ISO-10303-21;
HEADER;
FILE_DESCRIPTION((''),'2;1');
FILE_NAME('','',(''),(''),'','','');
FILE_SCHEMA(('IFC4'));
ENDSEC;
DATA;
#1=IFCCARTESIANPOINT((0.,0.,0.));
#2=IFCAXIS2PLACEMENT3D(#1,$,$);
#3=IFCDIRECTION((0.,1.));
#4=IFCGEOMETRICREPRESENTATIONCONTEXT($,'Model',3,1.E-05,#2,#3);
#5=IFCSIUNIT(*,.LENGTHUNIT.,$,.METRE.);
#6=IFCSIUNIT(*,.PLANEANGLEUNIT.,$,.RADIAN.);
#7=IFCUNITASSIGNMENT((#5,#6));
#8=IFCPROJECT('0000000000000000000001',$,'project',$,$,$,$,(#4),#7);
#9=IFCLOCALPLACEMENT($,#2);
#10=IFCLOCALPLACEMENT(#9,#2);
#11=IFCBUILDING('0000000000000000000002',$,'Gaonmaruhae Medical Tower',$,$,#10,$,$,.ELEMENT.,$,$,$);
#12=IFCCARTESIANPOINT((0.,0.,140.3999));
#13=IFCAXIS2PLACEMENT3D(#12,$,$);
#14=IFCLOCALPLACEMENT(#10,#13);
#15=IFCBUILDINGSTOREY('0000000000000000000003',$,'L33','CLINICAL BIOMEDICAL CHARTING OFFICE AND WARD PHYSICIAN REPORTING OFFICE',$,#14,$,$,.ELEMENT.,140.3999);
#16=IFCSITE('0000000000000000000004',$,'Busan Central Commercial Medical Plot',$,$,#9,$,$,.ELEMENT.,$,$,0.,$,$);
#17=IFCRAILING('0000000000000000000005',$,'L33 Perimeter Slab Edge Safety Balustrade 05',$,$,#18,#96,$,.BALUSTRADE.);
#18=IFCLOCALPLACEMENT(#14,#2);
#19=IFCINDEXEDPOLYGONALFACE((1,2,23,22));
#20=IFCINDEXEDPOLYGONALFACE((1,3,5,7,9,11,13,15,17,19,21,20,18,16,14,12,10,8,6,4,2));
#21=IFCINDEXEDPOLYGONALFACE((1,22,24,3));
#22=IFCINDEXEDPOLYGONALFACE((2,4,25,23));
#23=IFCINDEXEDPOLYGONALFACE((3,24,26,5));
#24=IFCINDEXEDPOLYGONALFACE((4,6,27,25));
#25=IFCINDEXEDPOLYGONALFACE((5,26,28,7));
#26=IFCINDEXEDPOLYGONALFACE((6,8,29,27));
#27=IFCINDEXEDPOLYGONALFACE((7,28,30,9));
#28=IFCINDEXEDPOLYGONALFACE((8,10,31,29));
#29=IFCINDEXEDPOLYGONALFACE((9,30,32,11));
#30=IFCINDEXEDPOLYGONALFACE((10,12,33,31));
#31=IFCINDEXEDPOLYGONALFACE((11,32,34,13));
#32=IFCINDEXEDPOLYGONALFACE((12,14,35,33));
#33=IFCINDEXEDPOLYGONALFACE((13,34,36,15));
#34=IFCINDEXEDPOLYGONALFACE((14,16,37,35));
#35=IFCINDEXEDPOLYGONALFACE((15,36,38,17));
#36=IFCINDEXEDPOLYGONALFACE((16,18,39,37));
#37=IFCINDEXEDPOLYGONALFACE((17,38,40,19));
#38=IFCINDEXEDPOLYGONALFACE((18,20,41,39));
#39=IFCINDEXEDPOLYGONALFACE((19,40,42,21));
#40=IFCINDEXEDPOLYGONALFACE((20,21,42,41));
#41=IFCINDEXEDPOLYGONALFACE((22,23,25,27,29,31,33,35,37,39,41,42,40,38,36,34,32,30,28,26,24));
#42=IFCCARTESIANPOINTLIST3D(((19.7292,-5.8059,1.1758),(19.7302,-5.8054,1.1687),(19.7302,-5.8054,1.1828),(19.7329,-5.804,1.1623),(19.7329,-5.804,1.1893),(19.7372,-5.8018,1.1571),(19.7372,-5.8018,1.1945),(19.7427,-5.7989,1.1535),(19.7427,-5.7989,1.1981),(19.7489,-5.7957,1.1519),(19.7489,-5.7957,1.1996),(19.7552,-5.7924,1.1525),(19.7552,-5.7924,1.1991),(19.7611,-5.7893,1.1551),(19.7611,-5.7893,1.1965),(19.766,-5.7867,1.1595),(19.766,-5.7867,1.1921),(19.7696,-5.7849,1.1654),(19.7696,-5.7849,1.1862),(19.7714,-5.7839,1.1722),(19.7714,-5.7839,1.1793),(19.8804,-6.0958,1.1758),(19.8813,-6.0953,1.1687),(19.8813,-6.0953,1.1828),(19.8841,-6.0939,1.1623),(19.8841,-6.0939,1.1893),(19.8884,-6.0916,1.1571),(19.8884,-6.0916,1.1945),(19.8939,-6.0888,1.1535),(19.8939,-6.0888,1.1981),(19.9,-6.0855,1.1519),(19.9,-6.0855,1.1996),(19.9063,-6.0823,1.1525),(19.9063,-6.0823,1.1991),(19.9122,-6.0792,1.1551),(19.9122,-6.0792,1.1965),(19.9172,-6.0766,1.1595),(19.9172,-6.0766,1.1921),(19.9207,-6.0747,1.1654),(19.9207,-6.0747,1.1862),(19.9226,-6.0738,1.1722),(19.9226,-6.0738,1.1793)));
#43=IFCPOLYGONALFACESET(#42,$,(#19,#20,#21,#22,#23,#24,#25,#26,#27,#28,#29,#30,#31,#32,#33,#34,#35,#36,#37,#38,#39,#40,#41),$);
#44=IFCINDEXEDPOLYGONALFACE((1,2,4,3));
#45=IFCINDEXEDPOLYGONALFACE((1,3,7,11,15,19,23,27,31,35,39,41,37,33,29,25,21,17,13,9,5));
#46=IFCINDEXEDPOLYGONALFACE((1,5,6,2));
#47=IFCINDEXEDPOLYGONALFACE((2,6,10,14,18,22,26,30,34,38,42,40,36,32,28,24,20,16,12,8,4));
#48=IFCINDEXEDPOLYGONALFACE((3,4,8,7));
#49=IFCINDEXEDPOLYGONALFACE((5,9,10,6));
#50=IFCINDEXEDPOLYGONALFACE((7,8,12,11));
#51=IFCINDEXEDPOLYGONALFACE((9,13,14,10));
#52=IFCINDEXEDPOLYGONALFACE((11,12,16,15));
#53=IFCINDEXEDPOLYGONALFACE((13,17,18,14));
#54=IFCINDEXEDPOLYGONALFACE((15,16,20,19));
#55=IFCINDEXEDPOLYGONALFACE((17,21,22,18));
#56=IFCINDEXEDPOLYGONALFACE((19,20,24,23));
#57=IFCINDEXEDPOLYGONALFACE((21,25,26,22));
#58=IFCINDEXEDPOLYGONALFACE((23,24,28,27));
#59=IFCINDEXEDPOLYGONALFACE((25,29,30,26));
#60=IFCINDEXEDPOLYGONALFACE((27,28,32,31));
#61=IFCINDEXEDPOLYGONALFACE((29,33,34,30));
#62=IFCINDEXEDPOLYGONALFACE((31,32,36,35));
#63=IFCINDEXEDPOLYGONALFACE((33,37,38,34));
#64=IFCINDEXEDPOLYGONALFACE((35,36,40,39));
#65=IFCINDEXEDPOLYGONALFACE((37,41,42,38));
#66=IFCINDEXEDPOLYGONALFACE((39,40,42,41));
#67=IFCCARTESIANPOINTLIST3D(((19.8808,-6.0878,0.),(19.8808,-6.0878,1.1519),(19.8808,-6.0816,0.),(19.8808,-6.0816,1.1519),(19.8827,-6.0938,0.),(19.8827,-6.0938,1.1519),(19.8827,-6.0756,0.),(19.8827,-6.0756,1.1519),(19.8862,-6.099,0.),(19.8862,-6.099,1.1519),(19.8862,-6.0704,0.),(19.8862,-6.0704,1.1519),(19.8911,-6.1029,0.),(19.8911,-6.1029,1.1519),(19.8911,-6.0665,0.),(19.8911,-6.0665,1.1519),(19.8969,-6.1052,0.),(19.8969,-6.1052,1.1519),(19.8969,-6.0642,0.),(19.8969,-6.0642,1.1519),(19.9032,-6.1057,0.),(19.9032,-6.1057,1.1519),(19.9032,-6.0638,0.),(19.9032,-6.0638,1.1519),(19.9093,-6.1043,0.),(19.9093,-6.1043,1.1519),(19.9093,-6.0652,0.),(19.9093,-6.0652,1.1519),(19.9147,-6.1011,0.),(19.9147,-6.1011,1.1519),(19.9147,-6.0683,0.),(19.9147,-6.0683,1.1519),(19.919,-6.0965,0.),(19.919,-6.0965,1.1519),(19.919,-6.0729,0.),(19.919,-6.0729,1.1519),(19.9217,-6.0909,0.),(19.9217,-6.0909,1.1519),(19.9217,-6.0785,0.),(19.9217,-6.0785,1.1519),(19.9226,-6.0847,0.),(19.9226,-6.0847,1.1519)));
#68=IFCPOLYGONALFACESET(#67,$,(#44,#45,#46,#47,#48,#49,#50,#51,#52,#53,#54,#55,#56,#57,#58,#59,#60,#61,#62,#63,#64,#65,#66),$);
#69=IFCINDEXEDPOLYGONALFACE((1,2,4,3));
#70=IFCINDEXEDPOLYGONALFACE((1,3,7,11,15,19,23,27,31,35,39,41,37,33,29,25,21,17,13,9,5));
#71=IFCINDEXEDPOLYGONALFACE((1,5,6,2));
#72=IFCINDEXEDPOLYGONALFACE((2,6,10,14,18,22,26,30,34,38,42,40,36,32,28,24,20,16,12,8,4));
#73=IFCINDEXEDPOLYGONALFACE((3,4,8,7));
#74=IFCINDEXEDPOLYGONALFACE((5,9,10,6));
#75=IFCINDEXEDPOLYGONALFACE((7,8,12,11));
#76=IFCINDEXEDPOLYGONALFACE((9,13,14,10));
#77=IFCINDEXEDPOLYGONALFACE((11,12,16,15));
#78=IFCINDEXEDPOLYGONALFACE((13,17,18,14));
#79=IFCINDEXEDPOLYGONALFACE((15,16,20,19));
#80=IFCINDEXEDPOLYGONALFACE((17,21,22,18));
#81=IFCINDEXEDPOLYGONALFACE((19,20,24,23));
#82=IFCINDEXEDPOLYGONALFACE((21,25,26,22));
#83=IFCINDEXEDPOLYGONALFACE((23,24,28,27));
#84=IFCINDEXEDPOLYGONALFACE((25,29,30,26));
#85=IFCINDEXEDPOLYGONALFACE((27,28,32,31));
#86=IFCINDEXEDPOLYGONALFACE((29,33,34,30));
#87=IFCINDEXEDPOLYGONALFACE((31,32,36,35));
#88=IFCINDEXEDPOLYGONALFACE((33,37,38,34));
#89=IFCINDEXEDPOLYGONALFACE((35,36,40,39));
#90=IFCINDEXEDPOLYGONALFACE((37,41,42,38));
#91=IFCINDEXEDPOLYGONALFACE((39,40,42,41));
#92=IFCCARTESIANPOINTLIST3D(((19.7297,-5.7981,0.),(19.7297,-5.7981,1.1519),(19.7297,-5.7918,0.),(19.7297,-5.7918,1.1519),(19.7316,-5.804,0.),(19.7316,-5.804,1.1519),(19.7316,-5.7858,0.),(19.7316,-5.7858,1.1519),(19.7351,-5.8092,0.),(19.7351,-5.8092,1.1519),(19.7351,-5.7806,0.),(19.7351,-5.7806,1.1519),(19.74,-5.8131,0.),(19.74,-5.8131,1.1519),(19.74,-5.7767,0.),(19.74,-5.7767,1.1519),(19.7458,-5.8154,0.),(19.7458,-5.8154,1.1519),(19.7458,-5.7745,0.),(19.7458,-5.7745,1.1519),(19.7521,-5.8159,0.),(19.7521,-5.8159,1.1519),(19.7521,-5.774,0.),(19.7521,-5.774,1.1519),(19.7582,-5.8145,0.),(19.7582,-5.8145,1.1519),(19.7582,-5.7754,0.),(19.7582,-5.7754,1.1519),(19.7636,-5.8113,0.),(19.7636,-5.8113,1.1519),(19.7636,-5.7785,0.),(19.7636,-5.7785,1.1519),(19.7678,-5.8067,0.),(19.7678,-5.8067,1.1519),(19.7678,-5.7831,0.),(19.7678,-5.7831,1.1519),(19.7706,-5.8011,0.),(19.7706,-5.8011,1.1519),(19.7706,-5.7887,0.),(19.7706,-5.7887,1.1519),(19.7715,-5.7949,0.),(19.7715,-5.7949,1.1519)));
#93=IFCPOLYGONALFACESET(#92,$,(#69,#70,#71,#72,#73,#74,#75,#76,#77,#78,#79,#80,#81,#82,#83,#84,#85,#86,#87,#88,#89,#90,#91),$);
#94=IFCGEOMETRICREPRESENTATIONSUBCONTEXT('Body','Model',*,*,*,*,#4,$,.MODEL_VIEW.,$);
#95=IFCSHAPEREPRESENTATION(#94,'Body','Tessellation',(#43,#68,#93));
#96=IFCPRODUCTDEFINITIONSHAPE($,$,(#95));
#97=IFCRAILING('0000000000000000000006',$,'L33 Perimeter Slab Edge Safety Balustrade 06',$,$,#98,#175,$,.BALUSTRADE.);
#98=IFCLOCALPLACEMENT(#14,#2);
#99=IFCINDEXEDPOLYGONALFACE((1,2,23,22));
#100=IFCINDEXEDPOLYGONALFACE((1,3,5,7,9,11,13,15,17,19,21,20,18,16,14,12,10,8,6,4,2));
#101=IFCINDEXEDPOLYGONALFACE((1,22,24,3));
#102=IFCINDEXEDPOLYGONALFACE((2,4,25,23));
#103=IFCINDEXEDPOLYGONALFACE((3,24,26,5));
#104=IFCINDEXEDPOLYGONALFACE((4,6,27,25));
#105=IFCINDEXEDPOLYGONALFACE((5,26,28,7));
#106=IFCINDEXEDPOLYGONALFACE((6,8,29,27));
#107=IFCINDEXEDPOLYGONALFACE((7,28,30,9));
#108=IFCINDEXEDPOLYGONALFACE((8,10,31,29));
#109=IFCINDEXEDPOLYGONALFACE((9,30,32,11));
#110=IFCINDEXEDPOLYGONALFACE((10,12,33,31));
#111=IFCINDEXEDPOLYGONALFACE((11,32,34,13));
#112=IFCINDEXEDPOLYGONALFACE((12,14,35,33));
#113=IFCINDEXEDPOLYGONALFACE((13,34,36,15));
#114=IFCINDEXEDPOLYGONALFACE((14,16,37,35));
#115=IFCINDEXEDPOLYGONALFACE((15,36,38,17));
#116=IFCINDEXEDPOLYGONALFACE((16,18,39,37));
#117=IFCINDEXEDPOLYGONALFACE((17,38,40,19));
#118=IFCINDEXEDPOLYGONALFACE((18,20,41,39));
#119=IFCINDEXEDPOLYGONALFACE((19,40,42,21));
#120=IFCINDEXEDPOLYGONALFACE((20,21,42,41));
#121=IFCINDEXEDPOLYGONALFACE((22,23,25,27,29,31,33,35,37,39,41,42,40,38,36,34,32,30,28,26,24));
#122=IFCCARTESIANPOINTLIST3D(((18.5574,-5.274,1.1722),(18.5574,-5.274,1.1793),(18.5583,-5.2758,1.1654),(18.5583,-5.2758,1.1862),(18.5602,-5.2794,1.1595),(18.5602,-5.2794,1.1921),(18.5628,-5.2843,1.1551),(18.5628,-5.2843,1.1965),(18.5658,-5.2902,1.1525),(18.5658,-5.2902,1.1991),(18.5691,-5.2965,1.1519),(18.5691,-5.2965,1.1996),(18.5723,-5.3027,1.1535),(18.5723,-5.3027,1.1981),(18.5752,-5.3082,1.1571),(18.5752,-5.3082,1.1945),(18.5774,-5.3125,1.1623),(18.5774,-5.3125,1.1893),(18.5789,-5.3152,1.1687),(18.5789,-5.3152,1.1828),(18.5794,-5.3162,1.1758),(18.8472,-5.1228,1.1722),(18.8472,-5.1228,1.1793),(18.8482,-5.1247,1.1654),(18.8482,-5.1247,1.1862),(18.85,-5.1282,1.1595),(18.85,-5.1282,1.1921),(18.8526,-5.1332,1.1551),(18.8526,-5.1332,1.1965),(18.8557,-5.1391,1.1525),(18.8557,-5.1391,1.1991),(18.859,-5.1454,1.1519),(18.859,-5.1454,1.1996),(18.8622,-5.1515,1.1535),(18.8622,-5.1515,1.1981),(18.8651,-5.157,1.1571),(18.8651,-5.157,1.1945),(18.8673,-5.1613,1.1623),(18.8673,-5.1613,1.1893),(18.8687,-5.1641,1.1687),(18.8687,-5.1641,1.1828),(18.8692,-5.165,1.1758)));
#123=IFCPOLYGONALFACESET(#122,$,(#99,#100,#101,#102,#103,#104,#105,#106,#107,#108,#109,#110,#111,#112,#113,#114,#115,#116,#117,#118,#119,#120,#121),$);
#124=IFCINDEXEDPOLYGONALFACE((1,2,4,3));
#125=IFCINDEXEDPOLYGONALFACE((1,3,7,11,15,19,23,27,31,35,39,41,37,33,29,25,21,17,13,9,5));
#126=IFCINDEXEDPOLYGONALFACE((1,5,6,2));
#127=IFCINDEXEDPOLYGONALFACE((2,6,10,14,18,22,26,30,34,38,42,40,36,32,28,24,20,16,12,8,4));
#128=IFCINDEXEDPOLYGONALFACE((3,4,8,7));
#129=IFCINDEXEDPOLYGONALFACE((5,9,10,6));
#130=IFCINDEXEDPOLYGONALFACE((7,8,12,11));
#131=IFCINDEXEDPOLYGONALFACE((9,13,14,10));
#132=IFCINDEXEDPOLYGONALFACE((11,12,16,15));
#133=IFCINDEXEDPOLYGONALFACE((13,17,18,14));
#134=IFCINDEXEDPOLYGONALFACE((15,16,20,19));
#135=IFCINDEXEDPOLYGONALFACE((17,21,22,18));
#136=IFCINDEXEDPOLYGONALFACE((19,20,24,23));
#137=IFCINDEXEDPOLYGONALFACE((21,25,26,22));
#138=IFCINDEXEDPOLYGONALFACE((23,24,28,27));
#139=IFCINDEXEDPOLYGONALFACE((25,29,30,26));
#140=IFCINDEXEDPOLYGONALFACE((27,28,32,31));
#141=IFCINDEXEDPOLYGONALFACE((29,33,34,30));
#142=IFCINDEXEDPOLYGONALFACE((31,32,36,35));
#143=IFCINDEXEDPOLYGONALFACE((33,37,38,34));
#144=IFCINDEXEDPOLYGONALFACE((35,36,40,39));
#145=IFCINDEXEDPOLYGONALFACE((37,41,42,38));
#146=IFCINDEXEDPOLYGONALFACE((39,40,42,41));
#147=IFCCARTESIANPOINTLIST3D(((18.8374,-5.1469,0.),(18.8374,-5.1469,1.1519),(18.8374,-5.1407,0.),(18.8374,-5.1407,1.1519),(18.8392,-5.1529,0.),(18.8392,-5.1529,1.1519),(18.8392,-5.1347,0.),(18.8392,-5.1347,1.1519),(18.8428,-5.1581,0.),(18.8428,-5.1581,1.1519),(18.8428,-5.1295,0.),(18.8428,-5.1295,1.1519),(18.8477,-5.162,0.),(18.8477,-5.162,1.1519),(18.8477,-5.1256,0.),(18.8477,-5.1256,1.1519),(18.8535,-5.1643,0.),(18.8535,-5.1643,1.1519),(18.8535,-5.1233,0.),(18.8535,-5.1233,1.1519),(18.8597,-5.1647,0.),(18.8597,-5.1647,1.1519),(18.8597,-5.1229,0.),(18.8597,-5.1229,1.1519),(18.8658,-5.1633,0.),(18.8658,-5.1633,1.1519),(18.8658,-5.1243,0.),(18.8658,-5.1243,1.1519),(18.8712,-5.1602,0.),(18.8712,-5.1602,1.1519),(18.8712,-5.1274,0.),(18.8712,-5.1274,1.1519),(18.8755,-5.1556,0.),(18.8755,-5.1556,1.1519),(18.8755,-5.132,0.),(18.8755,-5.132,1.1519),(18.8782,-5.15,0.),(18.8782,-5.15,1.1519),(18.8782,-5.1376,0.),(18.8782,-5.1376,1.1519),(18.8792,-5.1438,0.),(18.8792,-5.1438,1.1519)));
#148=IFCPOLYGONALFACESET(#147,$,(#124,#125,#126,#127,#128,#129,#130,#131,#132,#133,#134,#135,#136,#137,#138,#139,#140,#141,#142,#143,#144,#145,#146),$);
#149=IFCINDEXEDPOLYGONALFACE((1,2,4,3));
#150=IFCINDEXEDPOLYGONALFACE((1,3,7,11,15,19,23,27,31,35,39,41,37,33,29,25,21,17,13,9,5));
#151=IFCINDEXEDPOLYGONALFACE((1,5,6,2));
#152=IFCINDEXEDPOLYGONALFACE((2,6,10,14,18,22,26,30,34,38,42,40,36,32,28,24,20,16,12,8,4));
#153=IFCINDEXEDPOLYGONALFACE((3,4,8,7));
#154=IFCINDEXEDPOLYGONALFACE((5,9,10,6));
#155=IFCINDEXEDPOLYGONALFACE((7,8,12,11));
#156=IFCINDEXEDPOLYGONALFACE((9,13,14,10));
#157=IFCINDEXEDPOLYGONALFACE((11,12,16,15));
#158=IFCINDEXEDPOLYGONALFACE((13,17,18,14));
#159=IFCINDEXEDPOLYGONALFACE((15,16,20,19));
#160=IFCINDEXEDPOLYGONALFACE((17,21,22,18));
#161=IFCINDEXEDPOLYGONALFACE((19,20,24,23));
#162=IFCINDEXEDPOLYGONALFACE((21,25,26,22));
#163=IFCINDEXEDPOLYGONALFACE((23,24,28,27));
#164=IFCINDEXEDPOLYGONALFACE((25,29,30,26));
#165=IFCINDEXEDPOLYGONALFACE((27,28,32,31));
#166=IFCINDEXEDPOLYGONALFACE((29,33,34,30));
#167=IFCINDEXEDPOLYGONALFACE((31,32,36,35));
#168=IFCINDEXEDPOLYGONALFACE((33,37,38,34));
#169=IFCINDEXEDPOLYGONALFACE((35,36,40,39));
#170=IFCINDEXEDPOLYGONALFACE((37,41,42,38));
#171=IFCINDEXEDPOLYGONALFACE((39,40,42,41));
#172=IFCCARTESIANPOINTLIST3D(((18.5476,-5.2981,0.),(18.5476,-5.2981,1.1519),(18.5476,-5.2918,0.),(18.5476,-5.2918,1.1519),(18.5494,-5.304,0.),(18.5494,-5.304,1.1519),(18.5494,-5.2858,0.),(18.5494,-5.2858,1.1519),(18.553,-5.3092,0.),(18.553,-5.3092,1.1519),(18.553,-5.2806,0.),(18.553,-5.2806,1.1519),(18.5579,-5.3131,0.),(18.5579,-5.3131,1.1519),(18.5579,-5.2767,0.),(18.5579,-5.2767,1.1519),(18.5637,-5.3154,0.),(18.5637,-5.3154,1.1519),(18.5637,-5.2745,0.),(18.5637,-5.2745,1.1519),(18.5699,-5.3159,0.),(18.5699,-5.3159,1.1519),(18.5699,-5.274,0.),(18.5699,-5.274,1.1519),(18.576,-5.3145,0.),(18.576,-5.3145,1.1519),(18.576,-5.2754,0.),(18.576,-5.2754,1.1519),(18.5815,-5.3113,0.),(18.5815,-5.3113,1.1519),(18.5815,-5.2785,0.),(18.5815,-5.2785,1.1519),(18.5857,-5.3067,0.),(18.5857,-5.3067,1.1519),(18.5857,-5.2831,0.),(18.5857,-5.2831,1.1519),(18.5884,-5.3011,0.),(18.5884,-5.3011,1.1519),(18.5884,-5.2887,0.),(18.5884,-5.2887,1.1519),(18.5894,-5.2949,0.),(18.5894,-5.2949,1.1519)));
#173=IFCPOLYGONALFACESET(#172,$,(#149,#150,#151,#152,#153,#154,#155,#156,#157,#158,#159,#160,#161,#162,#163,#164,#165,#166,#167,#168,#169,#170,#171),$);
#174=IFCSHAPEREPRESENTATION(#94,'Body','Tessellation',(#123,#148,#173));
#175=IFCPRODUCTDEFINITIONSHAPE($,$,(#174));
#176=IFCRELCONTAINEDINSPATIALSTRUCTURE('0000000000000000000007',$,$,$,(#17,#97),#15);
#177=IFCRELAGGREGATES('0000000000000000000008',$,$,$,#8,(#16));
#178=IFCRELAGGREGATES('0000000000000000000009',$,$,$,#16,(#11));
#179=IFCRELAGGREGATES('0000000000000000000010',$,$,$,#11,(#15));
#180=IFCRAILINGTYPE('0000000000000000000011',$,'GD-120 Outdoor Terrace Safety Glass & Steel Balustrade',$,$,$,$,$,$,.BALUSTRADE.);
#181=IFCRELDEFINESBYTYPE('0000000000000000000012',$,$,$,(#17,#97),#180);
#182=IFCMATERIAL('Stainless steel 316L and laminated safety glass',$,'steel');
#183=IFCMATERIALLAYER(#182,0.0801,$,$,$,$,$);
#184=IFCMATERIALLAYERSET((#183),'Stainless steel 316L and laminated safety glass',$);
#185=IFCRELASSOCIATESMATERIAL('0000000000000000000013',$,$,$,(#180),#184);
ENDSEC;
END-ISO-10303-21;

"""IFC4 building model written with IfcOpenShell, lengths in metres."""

from ifc_helpers import new_model, si_unit, direction, frame, origin, origin_2d, place, context, subcontext, project, spatial, circle, extrude, material, layer, layer_set, type_object, element, save


model = new_model("IFC4")

# Units and contexts
model_context = context("Model", 3, precision=1e-05, world=origin(), true_north=direction((0.0, 1.0)))
body_context = subcontext(model_context, "Body", "Model", "MODEL_VIEW")
ifc_project = project(units=[si_unit("LENGTHUNIT", "METRE"), si_unit("PLANEANGLEUNIT", "RADIAN")], contexts=[model_context])

# Site, building, storey
site_placement = place(None, origin())
site = spatial("IfcSite", under=ifc_project, at=site_placement, Name="Busan Central Commercial Medical Plot", CompositionType="ELEMENT", RefElevation=0.0)
building_placement = place(site_placement, origin())
building = spatial("IfcBuilding", under=site, at=building_placement, Name="Gaonmaruhae Medical Tower", CompositionType="ELEMENT")
storey_placement = place(building_placement, frame((0.0, 0.0, 140.3999)))
storey = spatial("IfcBuildingStorey", under=building, at=storey_placement, Name="L33", Description="CLINICAL BIOMEDICAL CHARTING OFFICE AND WARD PHYSICIAN REPORTING OFFICE", CompositionType="ELEMENT", Elevation=140.3999)

# Railings
ifc_material_1 = material(Name="Stainless steel 316L and laminated safety glass", Category="steel")
ifc_layer_1 = layer(ifc_material_1, 0.0801)
ifc_layer_set_1 = layer_set([ifc_layer_1], Name="Stainless steel 316L and laminated safety glass")
railing_type = type_object("IfcRailingType", Name="GD-120 Outdoor Terrace Safety Glass & Steel Balustrade", PredefinedType="BALUSTRADE", material=ifc_layer_set_1)
railing_1_placement = place(storey_placement, frame((19.9016, -6.0847, 0.0)))
element("IfcRailing", 1, at=railing_1_placement, inside=storey, type_object=railing_type, Name="L33 Perimeter Slab Edge Safety Balustrade 05", PredefinedType="BALUSTRADE", context=body_context, shape_type="SweptSolid", body=[
    extrude(circle(Radius=0.0239, at=origin_2d()), frame((0.0, 0.0, 1.1758), z_axis=(-0.462387, 0.886678, 0.0), x_axis=(-0.886678, -0.462387, 0.0)), (0.0, 0.0, 1.0), 0.3269),
    extrude(circle(Radius=0.021, at=origin_2d()), origin(), (0.0, 0.0, 1.0), 1.1519),
    extrude(circle(Radius=0.021, at=origin_2d()), frame((-0.1511, 0.2898, 0.0)), (0.0, 0.0, 1.0), 1.1519),
])
railing_2_placement = place(storey_placement, frame((18.8582, -5.1438, 0.0)))
element("IfcRailing", 2, at=railing_2_placement, inside=storey, type_object=railing_type, Name="L33 Perimeter Slab Edge Safety Balustrade 06", PredefinedType="BALUSTRADE", context=body_context, shape_type="SweptSolid", body=[
    extrude(circle(Radius=0.0239, at=origin_2d()), frame((0.0, 0.0, 1.1758), z_axis=(-0.886678, -0.462387, 0.0), x_axis=(0.462387, -0.886678, 0.0)), (0.0, 0.0, 1.0), 0.3269),
    extrude(circle(Radius=0.021, at=origin_2d()), origin(), (0.0, 0.0, 1.0), 1.1519),
    extrude(circle(Radius=0.021, at=origin_2d()), frame((-0.2898, -0.1511, 0.0)), (0.0, 0.0, 1.0), 1.1519),
])

save(model, "model.ifc")
